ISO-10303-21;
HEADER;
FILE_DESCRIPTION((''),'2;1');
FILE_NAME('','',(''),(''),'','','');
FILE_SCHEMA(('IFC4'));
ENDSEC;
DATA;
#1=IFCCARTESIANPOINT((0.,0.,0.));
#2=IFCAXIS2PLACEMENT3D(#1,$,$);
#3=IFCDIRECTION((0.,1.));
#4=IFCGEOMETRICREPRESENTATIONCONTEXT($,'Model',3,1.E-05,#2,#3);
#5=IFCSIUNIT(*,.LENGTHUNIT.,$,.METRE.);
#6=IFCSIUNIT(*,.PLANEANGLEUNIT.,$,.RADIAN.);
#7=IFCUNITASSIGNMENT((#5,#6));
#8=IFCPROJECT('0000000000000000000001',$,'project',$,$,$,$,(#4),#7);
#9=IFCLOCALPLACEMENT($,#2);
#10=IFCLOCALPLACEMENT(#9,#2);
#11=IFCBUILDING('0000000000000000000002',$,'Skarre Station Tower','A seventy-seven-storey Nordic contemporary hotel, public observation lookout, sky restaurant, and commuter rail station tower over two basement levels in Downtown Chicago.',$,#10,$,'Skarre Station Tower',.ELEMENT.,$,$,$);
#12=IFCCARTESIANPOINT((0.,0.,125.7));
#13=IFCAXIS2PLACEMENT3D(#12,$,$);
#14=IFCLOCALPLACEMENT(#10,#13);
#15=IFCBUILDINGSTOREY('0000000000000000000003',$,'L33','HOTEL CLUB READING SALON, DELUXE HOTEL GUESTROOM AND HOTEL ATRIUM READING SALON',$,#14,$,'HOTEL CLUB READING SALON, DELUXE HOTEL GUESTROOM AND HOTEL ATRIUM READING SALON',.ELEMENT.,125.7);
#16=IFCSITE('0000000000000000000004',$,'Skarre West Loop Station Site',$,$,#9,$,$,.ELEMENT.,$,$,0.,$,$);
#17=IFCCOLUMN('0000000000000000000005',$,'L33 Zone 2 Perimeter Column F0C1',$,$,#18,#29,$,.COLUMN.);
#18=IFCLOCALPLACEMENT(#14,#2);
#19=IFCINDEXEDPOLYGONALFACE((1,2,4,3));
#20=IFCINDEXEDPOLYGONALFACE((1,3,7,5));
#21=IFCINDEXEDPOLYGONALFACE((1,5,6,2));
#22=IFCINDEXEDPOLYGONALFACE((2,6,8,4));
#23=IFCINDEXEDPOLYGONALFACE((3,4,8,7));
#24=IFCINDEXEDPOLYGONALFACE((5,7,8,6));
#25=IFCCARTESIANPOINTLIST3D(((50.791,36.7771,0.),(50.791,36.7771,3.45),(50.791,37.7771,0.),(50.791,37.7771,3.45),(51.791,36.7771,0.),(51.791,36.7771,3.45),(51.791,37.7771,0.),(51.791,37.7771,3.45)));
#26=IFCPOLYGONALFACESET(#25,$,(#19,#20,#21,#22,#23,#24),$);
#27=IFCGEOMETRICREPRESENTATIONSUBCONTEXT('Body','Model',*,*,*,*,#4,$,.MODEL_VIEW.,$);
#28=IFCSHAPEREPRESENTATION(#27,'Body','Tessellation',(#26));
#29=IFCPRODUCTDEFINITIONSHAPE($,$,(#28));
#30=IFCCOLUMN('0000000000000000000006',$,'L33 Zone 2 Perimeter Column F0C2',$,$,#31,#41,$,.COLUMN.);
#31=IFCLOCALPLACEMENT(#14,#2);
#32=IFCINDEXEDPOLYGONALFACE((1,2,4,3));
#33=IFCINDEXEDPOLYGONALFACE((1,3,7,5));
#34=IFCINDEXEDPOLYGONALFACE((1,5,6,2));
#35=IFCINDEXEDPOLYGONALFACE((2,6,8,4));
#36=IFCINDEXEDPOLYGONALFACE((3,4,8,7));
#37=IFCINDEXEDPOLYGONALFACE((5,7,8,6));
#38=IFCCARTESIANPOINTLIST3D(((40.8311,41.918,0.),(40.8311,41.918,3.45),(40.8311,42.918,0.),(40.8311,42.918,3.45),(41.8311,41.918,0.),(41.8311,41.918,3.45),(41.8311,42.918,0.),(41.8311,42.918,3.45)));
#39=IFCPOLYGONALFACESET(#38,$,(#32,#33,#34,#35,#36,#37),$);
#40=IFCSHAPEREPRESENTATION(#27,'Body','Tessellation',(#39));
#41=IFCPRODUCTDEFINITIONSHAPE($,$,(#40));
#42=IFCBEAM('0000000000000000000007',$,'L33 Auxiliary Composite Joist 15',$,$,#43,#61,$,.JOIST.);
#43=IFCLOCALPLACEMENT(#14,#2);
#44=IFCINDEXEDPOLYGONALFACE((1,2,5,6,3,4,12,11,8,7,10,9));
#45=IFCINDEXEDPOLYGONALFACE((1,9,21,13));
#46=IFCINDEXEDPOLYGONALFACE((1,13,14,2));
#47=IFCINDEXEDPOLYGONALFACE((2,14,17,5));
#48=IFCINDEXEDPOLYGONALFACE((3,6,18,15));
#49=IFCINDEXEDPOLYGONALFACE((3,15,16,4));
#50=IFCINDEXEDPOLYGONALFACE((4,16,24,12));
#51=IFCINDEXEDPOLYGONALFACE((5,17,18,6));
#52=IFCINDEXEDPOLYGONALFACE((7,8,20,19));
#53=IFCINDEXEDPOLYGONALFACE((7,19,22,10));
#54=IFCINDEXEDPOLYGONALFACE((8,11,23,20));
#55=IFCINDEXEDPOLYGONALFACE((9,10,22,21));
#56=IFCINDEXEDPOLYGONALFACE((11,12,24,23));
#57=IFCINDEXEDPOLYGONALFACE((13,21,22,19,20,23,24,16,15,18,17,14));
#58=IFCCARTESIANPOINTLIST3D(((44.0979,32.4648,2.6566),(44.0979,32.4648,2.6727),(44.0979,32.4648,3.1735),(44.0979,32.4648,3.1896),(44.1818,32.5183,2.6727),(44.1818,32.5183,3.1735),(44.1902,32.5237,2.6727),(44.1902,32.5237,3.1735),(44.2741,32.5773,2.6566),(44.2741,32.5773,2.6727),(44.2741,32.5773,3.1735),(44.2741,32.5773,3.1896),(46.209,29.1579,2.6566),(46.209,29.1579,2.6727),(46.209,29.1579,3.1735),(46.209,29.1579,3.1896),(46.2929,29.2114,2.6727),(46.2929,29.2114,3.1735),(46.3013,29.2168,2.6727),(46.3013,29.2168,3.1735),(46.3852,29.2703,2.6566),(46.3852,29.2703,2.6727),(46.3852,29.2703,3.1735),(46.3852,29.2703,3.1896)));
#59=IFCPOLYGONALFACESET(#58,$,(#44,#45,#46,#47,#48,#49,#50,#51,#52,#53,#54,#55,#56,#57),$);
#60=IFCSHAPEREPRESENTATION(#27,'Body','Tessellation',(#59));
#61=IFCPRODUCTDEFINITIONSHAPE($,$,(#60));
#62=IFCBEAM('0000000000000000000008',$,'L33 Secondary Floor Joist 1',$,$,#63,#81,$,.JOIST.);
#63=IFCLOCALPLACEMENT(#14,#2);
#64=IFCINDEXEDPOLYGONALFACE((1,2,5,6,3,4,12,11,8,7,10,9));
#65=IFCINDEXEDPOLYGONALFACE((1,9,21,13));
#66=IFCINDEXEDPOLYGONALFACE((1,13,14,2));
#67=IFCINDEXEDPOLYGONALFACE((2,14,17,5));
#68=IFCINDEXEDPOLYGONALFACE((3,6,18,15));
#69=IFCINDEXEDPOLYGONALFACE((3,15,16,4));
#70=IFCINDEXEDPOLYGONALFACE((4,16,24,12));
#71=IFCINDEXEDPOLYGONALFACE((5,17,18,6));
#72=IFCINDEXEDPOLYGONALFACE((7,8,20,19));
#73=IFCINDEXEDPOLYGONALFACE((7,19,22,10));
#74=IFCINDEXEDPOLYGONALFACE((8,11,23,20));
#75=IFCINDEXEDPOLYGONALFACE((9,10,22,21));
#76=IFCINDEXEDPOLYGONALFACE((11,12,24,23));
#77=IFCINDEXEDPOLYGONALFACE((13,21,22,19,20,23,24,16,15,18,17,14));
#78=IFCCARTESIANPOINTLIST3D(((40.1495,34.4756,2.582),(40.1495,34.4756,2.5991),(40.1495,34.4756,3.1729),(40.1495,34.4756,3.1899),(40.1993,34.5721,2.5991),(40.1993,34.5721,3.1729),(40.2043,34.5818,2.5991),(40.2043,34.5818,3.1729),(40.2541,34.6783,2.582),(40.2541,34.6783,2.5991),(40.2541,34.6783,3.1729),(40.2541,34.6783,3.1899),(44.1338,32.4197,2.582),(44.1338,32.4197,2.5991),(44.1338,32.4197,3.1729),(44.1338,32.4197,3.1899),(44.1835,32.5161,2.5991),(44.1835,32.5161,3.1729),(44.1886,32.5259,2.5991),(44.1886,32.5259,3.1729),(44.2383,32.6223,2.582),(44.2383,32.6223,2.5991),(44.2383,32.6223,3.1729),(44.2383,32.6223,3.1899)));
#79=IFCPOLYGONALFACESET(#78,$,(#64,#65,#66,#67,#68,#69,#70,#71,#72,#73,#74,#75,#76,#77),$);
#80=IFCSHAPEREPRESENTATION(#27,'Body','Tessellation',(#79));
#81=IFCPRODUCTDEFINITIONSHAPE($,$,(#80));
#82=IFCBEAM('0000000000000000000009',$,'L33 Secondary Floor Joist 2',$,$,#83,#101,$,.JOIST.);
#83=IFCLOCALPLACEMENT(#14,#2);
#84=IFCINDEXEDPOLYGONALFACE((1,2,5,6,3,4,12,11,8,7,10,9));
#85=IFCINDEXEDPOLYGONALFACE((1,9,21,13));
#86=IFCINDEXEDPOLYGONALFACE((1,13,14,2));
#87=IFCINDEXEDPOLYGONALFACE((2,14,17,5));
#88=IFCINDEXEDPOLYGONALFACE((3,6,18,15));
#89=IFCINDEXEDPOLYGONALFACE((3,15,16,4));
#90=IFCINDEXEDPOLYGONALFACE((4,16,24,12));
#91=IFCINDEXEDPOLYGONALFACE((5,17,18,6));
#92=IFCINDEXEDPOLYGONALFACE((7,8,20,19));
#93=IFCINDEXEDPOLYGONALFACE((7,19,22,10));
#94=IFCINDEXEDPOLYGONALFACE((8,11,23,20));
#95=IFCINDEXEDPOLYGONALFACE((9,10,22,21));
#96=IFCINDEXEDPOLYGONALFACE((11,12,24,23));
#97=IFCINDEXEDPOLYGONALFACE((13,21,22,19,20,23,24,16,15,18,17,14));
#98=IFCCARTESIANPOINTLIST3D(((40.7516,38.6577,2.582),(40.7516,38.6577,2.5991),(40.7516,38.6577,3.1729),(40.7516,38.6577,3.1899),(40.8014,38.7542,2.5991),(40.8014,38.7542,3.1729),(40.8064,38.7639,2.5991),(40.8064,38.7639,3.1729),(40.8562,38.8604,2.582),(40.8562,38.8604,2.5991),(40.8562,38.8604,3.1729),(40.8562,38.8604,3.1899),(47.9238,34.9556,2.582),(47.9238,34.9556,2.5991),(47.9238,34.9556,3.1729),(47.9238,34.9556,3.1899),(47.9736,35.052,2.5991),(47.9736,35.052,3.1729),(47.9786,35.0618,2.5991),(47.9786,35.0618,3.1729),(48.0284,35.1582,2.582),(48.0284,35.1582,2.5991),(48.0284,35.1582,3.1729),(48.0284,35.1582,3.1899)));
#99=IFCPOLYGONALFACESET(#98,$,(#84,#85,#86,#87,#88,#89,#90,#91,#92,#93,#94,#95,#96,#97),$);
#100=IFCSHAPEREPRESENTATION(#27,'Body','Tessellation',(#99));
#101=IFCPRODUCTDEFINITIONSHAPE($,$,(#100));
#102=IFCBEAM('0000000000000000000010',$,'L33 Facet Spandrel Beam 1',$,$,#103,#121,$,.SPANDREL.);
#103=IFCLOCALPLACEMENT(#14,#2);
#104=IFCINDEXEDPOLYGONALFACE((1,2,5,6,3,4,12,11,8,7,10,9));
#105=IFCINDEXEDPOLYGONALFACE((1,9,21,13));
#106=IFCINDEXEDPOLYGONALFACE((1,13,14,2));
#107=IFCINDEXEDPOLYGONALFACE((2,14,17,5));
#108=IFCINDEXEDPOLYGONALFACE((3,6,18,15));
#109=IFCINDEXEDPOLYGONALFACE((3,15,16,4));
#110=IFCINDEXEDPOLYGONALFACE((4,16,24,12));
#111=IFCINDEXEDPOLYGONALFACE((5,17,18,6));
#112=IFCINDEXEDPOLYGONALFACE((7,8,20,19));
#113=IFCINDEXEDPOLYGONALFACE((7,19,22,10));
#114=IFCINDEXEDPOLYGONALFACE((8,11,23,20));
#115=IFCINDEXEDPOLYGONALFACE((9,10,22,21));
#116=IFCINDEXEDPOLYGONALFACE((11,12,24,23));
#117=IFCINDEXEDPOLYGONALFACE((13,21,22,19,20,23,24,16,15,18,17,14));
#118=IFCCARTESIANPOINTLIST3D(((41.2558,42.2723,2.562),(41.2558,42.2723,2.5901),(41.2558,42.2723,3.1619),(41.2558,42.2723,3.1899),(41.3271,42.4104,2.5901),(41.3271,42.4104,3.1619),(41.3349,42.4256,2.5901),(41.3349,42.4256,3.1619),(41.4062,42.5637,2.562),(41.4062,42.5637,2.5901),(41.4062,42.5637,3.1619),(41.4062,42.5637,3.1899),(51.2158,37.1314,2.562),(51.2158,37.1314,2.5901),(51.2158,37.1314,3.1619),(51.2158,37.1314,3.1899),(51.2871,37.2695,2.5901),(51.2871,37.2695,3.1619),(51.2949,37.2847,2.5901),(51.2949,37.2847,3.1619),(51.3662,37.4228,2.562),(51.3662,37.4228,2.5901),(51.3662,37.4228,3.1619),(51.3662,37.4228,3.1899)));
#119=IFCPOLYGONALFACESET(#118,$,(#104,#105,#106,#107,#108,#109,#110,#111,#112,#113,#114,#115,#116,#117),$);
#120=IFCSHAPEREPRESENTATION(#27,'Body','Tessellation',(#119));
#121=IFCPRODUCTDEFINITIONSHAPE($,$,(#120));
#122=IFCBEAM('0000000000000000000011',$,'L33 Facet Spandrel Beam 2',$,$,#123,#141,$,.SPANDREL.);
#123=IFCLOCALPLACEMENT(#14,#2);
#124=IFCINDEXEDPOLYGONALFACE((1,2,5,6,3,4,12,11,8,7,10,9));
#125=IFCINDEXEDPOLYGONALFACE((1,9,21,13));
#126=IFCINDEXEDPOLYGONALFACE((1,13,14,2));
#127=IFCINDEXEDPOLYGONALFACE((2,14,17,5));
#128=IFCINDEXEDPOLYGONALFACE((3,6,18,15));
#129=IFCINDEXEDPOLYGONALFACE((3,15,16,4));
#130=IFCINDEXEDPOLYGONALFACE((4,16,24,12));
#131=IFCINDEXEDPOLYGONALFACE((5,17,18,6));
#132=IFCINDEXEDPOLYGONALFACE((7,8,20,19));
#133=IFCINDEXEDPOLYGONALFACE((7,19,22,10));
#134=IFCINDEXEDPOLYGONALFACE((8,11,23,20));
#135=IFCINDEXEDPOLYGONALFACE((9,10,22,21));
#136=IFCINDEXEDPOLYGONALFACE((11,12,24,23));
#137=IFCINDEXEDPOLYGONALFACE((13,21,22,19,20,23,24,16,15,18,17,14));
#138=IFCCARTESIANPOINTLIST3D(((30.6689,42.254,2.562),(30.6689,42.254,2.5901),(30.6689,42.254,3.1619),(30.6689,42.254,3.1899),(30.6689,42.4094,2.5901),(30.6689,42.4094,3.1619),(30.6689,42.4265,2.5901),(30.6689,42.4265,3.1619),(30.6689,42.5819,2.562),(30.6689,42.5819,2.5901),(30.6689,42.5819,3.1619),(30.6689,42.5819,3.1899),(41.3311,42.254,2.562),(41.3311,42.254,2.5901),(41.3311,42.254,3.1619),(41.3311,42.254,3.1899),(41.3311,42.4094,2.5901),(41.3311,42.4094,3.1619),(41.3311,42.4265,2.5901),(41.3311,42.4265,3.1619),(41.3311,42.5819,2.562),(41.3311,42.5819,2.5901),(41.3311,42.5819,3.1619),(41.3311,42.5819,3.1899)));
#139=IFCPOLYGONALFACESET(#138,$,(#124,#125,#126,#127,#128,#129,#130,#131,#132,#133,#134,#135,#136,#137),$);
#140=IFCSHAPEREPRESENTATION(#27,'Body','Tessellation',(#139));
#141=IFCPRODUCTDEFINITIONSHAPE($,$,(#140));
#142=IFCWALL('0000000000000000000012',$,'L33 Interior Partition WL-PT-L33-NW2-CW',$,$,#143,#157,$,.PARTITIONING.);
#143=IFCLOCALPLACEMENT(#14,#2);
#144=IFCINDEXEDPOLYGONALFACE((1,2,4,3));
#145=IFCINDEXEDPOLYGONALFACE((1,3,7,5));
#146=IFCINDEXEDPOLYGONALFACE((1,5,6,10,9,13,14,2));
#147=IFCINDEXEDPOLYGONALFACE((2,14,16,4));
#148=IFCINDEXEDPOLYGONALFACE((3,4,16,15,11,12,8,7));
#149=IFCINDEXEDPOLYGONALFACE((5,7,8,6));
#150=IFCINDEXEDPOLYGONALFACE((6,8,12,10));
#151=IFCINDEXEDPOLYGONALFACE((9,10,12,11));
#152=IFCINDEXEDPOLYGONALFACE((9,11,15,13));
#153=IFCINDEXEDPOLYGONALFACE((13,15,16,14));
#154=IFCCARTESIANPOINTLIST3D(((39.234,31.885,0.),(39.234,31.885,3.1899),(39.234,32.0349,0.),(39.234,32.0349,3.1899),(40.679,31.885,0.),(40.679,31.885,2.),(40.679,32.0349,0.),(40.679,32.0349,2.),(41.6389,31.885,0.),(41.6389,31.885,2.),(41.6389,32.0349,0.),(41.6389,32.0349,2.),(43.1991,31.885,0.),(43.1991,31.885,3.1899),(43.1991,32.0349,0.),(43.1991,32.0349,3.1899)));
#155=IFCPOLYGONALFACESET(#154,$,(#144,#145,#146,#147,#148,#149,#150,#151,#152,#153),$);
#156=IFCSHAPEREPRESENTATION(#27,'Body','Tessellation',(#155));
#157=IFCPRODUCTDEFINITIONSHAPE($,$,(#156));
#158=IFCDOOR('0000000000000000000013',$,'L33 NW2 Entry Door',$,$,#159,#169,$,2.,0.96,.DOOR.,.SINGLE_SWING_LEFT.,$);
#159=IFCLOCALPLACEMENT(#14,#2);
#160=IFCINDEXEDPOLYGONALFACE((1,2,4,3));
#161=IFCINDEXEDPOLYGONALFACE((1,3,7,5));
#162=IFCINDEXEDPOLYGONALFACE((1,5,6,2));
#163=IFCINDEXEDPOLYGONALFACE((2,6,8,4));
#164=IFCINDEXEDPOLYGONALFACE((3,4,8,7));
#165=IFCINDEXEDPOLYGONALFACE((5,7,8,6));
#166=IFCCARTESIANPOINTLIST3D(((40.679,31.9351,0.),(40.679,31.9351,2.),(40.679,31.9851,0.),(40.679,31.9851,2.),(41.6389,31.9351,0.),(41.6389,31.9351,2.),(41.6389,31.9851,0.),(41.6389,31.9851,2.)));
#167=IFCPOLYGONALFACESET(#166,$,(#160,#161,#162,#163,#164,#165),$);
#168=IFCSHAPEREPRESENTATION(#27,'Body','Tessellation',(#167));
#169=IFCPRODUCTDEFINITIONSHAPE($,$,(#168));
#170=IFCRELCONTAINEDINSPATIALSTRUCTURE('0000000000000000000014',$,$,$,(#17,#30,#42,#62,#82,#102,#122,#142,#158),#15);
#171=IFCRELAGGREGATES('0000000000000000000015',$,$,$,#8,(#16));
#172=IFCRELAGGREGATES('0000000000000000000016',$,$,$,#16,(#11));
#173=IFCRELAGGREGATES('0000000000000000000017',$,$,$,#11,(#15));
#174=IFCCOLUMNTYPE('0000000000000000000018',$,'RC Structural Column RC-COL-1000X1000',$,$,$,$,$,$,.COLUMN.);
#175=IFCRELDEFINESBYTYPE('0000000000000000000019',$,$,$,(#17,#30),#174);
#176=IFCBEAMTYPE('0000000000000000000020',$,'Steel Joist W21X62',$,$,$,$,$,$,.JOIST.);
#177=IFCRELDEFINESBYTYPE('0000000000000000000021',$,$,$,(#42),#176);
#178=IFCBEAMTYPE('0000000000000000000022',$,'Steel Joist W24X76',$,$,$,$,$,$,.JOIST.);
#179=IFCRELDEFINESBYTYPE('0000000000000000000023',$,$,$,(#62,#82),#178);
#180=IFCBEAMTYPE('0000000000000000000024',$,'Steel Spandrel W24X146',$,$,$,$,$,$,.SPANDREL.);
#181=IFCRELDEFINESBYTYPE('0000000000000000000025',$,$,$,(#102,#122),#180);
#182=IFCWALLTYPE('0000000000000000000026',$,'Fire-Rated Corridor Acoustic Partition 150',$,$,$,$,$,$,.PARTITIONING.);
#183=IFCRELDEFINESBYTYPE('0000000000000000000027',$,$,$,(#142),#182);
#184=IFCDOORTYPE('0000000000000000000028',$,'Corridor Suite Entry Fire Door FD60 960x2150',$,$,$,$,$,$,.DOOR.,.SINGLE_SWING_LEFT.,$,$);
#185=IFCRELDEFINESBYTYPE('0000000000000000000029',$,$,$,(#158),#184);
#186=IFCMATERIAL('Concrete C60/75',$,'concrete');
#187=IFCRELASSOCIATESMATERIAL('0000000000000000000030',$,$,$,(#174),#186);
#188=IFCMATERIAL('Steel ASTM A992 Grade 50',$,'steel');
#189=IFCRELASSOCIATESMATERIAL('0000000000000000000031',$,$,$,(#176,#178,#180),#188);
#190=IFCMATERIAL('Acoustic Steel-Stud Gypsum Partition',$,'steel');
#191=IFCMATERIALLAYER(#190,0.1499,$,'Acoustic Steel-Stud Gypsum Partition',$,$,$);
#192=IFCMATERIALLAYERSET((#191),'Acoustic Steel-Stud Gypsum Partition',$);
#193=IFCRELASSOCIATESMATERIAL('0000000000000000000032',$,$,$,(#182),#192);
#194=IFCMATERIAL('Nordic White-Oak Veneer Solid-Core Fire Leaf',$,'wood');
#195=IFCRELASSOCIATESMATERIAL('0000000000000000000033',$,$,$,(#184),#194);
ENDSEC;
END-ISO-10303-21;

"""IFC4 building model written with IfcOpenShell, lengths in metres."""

from ifc_helpers import new_model, si_unit, direction, frame, frame_2d, origin, origin_2d, place, context, subcontext, project, spatial, rectangle, i_section, extrude, material, layer, layer_set, material_profile, profile_set, type_object, element, fill, save


model = new_model("IFC4")

# Units and contexts
model_context = context("Model", 3, precision=1e-05, world=origin(), true_north=direction((0.0, 1.0)))
body_context = subcontext(model_context, "Body", "Model", "MODEL_VIEW")
ifc_project = project(units=[si_unit("LENGTHUNIT", "METRE"), si_unit("PLANEANGLEUNIT", "RADIAN")], contexts=[model_context])

# Site, building, storey
site_placement = place(None, origin())
site = spatial("IfcSite", under=ifc_project, at=site_placement, Name="Skarre West Loop Station Site", CompositionType="ELEMENT", RefElevation=0.0)
building_placement = place(site_placement, origin())
building = spatial("IfcBuilding", under=site, at=building_placement, Name="Skarre Station Tower", Description="A seventy-seven-storey Nordic contemporary hotel, public observation lookout, sky restaurant, and commuter rail station tower over two basement levels in Downtown Chicago.", LongName="Skarre Station Tower", CompositionType="ELEMENT")
storey_placement = place(building_placement, frame((0.0, 0.0, 125.7)))
storey = spatial("IfcBuildingStorey", under=building, at=storey_placement, Name="L33", Description="HOTEL CLUB READING SALON, DELUXE HOTEL GUESTROOM AND HOTEL ATRIUM READING SALON", LongName="HOTEL CLUB READING SALON, DELUXE HOTEL GUESTROOM AND HOTEL ATRIUM READING SALON", CompositionType="ELEMENT", Elevation=125.7)

# Columns
ifc_material_1 = material(Name="Concrete C60/75", Category="concrete")
ifc_material_profile_1 = material_profile(ifc_material_1, rectangle(XDim=1.0, YDim=1.0, at=origin_2d()), Name="Concrete C60/75")
ifc_profile_set_1 = profile_set([ifc_material_profile_1], Name="Concrete C60/75")
column_type = type_object("IfcColumnType", Name="RC Structural Column RC-COL-1000X1000", PredefinedType="COLUMN", material=ifc_profile_set_1)
for number, where, z_axis, x_axis, name in (
    (1, (51.291, 37.2771, 0.0), (0.0, 0.0, 1.0), (1.0, 0.0, 0.0), "L33 Zone 2 Perimeter Column F0C1"),
    (2, (41.3311, 42.418, 0.0), (0.0, 0.0, 1.0), (1.0, 0.0, 0.0), "L33 Zone 2 Perimeter Column F0C2"),
):
    element("IfcColumn", number, at=place(storey_placement, frame(where, z_axis=z_axis, x_axis=x_axis)), inside=storey, type_object=column_type, Name=name, PredefinedType="COLUMN", context=body_context, shape_type="SweptSolid", body=[
        extrude(rectangle(XDim=1.0, YDim=1.0, at=origin_2d()), origin(), (0.0, 0.0, 1.0), 3.45),
    ])

# Beams
ifc_material_2 = material(Name="Steel ASTM A992 Grade 50", Category="steel")
ifc_material_profile_2 = material_profile(ifc_material_2, i_section(OverallWidth=0.209, OverallDepth=0.533, WebThickness=0.01, FlangeThickness=0.0161, at=origin_2d()), Name="Steel ASTM A992 Grade 50")
ifc_profile_set_2 = profile_set([ifc_material_profile_2], Name="Steel ASTM A992 Grade 50")
beam_type_1 = type_object("IfcBeamType", Name="Steel Joist W21X62", PredefinedType="JOIST", material=ifc_profile_set_2)
beam_1_placement = place(storey_placement, frame((46.2971, 29.2141, 2.9231), z_axis=(-0.538091, 0.842887, 0.0), x_axis=(-0.842887, -0.538091, 0.0)))
element("IfcBeam", 3, at=beam_1_placement, inside=storey, type_object=beam_type_1, Name="L33 Auxiliary Composite Joist 15", PredefinedType="JOIST", context=body_context, shape_type="SweptSolid", body=[
    extrude(i_section(OverallWidth=0.209, OverallDepth=0.533, WebThickness=0.01, FlangeThickness=0.0161, at=origin_2d()), origin(), (0.0, 0.0, 1.0), 3.9233),
])
ifc_material_profile_3 = material_profile(ifc_material_2, i_section(OverallWidth=0.228, OverallDepth=0.6079, WebThickness=0.011, FlangeThickness=0.0171, at=origin_2d()), Name="Steel ASTM A992 Grade 50")
ifc_profile_set_3 = profile_set([ifc_material_profile_3], Name="Steel ASTM A992 Grade 50")
beam_type_2 = type_object("IfcBeamType", Name="Steel Joist W24X76", PredefinedType="JOIST", material=ifc_profile_set_3)
beam_2_placement = place(storey_placement, frame((44.186, 32.521, 2.886), z_axis=(-0.888659, 0.458569, 0.0), x_axis=(-0.458569, -0.888659, 0.0)))
element("IfcBeam", 4, at=beam_2_placement, inside=storey, type_object=beam_type_2, Name="L33 Secondary Floor Joist 1", PredefinedType="JOIST", context=body_context, shape_type="SweptSolid", body=[
    extrude(i_section(OverallWidth=0.228, OverallDepth=0.6079, WebThickness=0.011, FlangeThickness=0.0171, at=origin_2d()), origin(), (0.0, 0.0, 1.0), 4.4834),
])
beam_3_placement = place(storey_placement, frame((47.9761, 35.0569, 2.886), z_axis=(-0.8886, 0.458683, 0.0), x_axis=(-0.458683, -0.8886, 0.0)))
element("IfcBeam", 5, at=beam_3_placement, inside=storey, type_object=beam_type_2, Name="L33 Secondary Floor Joist 2", PredefinedType="JOIST", context=body_context, shape_type="SweptSolid", body=[
    extrude(i_section(OverallWidth=0.228, OverallDepth=0.6079, WebThickness=0.011, FlangeThickness=0.0171, at=origin_2d()), origin(), (0.0, 0.0, 1.0), 8.0713),
])
ifc_material_profile_4 = material_profile(ifc_material_2, i_section(OverallWidth=0.3279, OverallDepth=0.6279, WebThickness=0.0171, FlangeThickness=0.0281, at=origin_2d()), Name="Steel ASTM A992 Grade 50")
ifc_profile_set_4 = profile_set([ifc_material_profile_4], Name="Steel ASTM A992 Grade 50")
beam_type_3 = type_object("IfcBeamType", Name="Steel Spandrel W24X146", PredefinedType="SPANDREL", material=ifc_profile_set_4)
beam_4_placement = place(storey_placement, frame((51.291, 37.2771, 2.876), z_axis=(-0.888612, 0.45866, 0.0), x_axis=(-0.45866, -0.888612, 0.0)))
element("IfcBeam", 6, at=beam_4_placement, inside=storey, type_object=beam_type_3, Name="L33 Facet Spandrel Beam 1", PredefinedType="SPANDREL", context=body_context, shape_type="SweptSolid", body=[
    extrude(i_section(OverallWidth=0.3279, OverallDepth=0.6279, WebThickness=0.0171, FlangeThickness=0.0281, at=origin_2d()), origin(), (0.0, 0.0, 1.0), 11.2085),
])
beam_5_placement = place(storey_placement, frame((41.3311, 42.418, 2.876), z_axis=(-1.0, 0.0, 0.0), x_axis=(0.0, -1.0, 0.0)))
element("IfcBeam", 7, at=beam_5_placement, inside=storey, type_object=beam_type_3, Name="L33 Facet Spandrel Beam 2", PredefinedType="SPANDREL", context=body_context, shape_type="SweptSolid", body=[
    extrude(i_section(OverallWidth=0.3279, OverallDepth=0.6279, WebThickness=0.0171, FlangeThickness=0.0281, at=origin_2d()), origin(), (0.0, 0.0, 1.0), 10.6621),
])

# Wall, opening, door
ifc_material_3 = material(Name="Acoustic Steel-Stud Gypsum Partition", Category="steel")
ifc_layer_1 = layer(ifc_material_3, 0.1499, Name="Acoustic Steel-Stud Gypsum Partition")
ifc_layer_set_1 = layer_set([ifc_layer_1], Name="Acoustic Steel-Stud Gypsum Partition")
wall_type_1 = type_object("IfcWallType", Name="Fire-Rated Corridor Acoustic Partition 150", PredefinedType="PARTITIONING", material=ifc_layer_set_1)
wall_1_placement = place(storey_placement, frame((43.199, 31.96, 0.0), z_axis=(0.0, 0.0, 1.0), x_axis=(-1.0, 0.0, 0.0)))
wall_1 = element("IfcWall", 8, at=wall_1_placement, inside=storey, type_object=wall_type_1, Name="L33 Interior Partition WL-PT-L33-NW2-CW", PredefinedType="PARTITIONING", context=body_context, shape_type="SweptSolid", body=[
    extrude(rectangle(XDim=3.9651, YDim=0.1499, at=frame_2d((1.9824, 0.0))), origin(), (0.0, 0.0, 1.0), 3.1899),
])
opening_1_placement = place(wall_1_placement, frame((1.5601, 0.0, 0.0)))
opening_1 = element("IfcOpeningElement", 9, at=opening_1_placement, cuts=wall_1, PredefinedType="OPENING", context=body_context, shape_type="SweptSolid", body=[
    extrude(rectangle(XDim=0.96, YDim=2.0, at=frame_2d((0.48, 1.0))), frame((0.0, 0.085, 0.0), z_axis=(0.0, -1.0, 0.0), x_axis=(1.0, 0.0, 0.0)), (0.0, 0.0, 1.0), 0.1699),
])
ifc_material_4 = material(Name="Nordic White-Oak Veneer Solid-Core Fire Leaf", Category="wood")
door_type = type_object("IfcDoorType", Name="Corridor Suite Entry Fire Door FD60 960x2150", OperationType="SINGLE_SWING_LEFT", PredefinedType="DOOR", material=ifc_material_4)
door_1_placement = place(opening_1_placement, origin())
door_1 = element("IfcDoor", 10, at=door_1_placement, inside=storey, type_object=door_type, Name="L33 NW2 Entry Door", OperationType="SINGLE_SWING_LEFT", OverallHeight=2.0, OverallWidth=0.96, PredefinedType="DOOR", context=body_context, shape_type="SweptSolid", body=[
    extrude(rectangle(XDim=0.96, YDim=2.0, at=frame_2d((0.48, 1.0))), frame((0.0, 0.0249, 0.0), z_axis=(0.0, -1.0, 0.0), x_axis=(1.0, 0.0, 0.0)), (0.0, 0.0, 1.0), 0.05),
])
fill(opening_1, door_1)

save(model, "model.ifc")
